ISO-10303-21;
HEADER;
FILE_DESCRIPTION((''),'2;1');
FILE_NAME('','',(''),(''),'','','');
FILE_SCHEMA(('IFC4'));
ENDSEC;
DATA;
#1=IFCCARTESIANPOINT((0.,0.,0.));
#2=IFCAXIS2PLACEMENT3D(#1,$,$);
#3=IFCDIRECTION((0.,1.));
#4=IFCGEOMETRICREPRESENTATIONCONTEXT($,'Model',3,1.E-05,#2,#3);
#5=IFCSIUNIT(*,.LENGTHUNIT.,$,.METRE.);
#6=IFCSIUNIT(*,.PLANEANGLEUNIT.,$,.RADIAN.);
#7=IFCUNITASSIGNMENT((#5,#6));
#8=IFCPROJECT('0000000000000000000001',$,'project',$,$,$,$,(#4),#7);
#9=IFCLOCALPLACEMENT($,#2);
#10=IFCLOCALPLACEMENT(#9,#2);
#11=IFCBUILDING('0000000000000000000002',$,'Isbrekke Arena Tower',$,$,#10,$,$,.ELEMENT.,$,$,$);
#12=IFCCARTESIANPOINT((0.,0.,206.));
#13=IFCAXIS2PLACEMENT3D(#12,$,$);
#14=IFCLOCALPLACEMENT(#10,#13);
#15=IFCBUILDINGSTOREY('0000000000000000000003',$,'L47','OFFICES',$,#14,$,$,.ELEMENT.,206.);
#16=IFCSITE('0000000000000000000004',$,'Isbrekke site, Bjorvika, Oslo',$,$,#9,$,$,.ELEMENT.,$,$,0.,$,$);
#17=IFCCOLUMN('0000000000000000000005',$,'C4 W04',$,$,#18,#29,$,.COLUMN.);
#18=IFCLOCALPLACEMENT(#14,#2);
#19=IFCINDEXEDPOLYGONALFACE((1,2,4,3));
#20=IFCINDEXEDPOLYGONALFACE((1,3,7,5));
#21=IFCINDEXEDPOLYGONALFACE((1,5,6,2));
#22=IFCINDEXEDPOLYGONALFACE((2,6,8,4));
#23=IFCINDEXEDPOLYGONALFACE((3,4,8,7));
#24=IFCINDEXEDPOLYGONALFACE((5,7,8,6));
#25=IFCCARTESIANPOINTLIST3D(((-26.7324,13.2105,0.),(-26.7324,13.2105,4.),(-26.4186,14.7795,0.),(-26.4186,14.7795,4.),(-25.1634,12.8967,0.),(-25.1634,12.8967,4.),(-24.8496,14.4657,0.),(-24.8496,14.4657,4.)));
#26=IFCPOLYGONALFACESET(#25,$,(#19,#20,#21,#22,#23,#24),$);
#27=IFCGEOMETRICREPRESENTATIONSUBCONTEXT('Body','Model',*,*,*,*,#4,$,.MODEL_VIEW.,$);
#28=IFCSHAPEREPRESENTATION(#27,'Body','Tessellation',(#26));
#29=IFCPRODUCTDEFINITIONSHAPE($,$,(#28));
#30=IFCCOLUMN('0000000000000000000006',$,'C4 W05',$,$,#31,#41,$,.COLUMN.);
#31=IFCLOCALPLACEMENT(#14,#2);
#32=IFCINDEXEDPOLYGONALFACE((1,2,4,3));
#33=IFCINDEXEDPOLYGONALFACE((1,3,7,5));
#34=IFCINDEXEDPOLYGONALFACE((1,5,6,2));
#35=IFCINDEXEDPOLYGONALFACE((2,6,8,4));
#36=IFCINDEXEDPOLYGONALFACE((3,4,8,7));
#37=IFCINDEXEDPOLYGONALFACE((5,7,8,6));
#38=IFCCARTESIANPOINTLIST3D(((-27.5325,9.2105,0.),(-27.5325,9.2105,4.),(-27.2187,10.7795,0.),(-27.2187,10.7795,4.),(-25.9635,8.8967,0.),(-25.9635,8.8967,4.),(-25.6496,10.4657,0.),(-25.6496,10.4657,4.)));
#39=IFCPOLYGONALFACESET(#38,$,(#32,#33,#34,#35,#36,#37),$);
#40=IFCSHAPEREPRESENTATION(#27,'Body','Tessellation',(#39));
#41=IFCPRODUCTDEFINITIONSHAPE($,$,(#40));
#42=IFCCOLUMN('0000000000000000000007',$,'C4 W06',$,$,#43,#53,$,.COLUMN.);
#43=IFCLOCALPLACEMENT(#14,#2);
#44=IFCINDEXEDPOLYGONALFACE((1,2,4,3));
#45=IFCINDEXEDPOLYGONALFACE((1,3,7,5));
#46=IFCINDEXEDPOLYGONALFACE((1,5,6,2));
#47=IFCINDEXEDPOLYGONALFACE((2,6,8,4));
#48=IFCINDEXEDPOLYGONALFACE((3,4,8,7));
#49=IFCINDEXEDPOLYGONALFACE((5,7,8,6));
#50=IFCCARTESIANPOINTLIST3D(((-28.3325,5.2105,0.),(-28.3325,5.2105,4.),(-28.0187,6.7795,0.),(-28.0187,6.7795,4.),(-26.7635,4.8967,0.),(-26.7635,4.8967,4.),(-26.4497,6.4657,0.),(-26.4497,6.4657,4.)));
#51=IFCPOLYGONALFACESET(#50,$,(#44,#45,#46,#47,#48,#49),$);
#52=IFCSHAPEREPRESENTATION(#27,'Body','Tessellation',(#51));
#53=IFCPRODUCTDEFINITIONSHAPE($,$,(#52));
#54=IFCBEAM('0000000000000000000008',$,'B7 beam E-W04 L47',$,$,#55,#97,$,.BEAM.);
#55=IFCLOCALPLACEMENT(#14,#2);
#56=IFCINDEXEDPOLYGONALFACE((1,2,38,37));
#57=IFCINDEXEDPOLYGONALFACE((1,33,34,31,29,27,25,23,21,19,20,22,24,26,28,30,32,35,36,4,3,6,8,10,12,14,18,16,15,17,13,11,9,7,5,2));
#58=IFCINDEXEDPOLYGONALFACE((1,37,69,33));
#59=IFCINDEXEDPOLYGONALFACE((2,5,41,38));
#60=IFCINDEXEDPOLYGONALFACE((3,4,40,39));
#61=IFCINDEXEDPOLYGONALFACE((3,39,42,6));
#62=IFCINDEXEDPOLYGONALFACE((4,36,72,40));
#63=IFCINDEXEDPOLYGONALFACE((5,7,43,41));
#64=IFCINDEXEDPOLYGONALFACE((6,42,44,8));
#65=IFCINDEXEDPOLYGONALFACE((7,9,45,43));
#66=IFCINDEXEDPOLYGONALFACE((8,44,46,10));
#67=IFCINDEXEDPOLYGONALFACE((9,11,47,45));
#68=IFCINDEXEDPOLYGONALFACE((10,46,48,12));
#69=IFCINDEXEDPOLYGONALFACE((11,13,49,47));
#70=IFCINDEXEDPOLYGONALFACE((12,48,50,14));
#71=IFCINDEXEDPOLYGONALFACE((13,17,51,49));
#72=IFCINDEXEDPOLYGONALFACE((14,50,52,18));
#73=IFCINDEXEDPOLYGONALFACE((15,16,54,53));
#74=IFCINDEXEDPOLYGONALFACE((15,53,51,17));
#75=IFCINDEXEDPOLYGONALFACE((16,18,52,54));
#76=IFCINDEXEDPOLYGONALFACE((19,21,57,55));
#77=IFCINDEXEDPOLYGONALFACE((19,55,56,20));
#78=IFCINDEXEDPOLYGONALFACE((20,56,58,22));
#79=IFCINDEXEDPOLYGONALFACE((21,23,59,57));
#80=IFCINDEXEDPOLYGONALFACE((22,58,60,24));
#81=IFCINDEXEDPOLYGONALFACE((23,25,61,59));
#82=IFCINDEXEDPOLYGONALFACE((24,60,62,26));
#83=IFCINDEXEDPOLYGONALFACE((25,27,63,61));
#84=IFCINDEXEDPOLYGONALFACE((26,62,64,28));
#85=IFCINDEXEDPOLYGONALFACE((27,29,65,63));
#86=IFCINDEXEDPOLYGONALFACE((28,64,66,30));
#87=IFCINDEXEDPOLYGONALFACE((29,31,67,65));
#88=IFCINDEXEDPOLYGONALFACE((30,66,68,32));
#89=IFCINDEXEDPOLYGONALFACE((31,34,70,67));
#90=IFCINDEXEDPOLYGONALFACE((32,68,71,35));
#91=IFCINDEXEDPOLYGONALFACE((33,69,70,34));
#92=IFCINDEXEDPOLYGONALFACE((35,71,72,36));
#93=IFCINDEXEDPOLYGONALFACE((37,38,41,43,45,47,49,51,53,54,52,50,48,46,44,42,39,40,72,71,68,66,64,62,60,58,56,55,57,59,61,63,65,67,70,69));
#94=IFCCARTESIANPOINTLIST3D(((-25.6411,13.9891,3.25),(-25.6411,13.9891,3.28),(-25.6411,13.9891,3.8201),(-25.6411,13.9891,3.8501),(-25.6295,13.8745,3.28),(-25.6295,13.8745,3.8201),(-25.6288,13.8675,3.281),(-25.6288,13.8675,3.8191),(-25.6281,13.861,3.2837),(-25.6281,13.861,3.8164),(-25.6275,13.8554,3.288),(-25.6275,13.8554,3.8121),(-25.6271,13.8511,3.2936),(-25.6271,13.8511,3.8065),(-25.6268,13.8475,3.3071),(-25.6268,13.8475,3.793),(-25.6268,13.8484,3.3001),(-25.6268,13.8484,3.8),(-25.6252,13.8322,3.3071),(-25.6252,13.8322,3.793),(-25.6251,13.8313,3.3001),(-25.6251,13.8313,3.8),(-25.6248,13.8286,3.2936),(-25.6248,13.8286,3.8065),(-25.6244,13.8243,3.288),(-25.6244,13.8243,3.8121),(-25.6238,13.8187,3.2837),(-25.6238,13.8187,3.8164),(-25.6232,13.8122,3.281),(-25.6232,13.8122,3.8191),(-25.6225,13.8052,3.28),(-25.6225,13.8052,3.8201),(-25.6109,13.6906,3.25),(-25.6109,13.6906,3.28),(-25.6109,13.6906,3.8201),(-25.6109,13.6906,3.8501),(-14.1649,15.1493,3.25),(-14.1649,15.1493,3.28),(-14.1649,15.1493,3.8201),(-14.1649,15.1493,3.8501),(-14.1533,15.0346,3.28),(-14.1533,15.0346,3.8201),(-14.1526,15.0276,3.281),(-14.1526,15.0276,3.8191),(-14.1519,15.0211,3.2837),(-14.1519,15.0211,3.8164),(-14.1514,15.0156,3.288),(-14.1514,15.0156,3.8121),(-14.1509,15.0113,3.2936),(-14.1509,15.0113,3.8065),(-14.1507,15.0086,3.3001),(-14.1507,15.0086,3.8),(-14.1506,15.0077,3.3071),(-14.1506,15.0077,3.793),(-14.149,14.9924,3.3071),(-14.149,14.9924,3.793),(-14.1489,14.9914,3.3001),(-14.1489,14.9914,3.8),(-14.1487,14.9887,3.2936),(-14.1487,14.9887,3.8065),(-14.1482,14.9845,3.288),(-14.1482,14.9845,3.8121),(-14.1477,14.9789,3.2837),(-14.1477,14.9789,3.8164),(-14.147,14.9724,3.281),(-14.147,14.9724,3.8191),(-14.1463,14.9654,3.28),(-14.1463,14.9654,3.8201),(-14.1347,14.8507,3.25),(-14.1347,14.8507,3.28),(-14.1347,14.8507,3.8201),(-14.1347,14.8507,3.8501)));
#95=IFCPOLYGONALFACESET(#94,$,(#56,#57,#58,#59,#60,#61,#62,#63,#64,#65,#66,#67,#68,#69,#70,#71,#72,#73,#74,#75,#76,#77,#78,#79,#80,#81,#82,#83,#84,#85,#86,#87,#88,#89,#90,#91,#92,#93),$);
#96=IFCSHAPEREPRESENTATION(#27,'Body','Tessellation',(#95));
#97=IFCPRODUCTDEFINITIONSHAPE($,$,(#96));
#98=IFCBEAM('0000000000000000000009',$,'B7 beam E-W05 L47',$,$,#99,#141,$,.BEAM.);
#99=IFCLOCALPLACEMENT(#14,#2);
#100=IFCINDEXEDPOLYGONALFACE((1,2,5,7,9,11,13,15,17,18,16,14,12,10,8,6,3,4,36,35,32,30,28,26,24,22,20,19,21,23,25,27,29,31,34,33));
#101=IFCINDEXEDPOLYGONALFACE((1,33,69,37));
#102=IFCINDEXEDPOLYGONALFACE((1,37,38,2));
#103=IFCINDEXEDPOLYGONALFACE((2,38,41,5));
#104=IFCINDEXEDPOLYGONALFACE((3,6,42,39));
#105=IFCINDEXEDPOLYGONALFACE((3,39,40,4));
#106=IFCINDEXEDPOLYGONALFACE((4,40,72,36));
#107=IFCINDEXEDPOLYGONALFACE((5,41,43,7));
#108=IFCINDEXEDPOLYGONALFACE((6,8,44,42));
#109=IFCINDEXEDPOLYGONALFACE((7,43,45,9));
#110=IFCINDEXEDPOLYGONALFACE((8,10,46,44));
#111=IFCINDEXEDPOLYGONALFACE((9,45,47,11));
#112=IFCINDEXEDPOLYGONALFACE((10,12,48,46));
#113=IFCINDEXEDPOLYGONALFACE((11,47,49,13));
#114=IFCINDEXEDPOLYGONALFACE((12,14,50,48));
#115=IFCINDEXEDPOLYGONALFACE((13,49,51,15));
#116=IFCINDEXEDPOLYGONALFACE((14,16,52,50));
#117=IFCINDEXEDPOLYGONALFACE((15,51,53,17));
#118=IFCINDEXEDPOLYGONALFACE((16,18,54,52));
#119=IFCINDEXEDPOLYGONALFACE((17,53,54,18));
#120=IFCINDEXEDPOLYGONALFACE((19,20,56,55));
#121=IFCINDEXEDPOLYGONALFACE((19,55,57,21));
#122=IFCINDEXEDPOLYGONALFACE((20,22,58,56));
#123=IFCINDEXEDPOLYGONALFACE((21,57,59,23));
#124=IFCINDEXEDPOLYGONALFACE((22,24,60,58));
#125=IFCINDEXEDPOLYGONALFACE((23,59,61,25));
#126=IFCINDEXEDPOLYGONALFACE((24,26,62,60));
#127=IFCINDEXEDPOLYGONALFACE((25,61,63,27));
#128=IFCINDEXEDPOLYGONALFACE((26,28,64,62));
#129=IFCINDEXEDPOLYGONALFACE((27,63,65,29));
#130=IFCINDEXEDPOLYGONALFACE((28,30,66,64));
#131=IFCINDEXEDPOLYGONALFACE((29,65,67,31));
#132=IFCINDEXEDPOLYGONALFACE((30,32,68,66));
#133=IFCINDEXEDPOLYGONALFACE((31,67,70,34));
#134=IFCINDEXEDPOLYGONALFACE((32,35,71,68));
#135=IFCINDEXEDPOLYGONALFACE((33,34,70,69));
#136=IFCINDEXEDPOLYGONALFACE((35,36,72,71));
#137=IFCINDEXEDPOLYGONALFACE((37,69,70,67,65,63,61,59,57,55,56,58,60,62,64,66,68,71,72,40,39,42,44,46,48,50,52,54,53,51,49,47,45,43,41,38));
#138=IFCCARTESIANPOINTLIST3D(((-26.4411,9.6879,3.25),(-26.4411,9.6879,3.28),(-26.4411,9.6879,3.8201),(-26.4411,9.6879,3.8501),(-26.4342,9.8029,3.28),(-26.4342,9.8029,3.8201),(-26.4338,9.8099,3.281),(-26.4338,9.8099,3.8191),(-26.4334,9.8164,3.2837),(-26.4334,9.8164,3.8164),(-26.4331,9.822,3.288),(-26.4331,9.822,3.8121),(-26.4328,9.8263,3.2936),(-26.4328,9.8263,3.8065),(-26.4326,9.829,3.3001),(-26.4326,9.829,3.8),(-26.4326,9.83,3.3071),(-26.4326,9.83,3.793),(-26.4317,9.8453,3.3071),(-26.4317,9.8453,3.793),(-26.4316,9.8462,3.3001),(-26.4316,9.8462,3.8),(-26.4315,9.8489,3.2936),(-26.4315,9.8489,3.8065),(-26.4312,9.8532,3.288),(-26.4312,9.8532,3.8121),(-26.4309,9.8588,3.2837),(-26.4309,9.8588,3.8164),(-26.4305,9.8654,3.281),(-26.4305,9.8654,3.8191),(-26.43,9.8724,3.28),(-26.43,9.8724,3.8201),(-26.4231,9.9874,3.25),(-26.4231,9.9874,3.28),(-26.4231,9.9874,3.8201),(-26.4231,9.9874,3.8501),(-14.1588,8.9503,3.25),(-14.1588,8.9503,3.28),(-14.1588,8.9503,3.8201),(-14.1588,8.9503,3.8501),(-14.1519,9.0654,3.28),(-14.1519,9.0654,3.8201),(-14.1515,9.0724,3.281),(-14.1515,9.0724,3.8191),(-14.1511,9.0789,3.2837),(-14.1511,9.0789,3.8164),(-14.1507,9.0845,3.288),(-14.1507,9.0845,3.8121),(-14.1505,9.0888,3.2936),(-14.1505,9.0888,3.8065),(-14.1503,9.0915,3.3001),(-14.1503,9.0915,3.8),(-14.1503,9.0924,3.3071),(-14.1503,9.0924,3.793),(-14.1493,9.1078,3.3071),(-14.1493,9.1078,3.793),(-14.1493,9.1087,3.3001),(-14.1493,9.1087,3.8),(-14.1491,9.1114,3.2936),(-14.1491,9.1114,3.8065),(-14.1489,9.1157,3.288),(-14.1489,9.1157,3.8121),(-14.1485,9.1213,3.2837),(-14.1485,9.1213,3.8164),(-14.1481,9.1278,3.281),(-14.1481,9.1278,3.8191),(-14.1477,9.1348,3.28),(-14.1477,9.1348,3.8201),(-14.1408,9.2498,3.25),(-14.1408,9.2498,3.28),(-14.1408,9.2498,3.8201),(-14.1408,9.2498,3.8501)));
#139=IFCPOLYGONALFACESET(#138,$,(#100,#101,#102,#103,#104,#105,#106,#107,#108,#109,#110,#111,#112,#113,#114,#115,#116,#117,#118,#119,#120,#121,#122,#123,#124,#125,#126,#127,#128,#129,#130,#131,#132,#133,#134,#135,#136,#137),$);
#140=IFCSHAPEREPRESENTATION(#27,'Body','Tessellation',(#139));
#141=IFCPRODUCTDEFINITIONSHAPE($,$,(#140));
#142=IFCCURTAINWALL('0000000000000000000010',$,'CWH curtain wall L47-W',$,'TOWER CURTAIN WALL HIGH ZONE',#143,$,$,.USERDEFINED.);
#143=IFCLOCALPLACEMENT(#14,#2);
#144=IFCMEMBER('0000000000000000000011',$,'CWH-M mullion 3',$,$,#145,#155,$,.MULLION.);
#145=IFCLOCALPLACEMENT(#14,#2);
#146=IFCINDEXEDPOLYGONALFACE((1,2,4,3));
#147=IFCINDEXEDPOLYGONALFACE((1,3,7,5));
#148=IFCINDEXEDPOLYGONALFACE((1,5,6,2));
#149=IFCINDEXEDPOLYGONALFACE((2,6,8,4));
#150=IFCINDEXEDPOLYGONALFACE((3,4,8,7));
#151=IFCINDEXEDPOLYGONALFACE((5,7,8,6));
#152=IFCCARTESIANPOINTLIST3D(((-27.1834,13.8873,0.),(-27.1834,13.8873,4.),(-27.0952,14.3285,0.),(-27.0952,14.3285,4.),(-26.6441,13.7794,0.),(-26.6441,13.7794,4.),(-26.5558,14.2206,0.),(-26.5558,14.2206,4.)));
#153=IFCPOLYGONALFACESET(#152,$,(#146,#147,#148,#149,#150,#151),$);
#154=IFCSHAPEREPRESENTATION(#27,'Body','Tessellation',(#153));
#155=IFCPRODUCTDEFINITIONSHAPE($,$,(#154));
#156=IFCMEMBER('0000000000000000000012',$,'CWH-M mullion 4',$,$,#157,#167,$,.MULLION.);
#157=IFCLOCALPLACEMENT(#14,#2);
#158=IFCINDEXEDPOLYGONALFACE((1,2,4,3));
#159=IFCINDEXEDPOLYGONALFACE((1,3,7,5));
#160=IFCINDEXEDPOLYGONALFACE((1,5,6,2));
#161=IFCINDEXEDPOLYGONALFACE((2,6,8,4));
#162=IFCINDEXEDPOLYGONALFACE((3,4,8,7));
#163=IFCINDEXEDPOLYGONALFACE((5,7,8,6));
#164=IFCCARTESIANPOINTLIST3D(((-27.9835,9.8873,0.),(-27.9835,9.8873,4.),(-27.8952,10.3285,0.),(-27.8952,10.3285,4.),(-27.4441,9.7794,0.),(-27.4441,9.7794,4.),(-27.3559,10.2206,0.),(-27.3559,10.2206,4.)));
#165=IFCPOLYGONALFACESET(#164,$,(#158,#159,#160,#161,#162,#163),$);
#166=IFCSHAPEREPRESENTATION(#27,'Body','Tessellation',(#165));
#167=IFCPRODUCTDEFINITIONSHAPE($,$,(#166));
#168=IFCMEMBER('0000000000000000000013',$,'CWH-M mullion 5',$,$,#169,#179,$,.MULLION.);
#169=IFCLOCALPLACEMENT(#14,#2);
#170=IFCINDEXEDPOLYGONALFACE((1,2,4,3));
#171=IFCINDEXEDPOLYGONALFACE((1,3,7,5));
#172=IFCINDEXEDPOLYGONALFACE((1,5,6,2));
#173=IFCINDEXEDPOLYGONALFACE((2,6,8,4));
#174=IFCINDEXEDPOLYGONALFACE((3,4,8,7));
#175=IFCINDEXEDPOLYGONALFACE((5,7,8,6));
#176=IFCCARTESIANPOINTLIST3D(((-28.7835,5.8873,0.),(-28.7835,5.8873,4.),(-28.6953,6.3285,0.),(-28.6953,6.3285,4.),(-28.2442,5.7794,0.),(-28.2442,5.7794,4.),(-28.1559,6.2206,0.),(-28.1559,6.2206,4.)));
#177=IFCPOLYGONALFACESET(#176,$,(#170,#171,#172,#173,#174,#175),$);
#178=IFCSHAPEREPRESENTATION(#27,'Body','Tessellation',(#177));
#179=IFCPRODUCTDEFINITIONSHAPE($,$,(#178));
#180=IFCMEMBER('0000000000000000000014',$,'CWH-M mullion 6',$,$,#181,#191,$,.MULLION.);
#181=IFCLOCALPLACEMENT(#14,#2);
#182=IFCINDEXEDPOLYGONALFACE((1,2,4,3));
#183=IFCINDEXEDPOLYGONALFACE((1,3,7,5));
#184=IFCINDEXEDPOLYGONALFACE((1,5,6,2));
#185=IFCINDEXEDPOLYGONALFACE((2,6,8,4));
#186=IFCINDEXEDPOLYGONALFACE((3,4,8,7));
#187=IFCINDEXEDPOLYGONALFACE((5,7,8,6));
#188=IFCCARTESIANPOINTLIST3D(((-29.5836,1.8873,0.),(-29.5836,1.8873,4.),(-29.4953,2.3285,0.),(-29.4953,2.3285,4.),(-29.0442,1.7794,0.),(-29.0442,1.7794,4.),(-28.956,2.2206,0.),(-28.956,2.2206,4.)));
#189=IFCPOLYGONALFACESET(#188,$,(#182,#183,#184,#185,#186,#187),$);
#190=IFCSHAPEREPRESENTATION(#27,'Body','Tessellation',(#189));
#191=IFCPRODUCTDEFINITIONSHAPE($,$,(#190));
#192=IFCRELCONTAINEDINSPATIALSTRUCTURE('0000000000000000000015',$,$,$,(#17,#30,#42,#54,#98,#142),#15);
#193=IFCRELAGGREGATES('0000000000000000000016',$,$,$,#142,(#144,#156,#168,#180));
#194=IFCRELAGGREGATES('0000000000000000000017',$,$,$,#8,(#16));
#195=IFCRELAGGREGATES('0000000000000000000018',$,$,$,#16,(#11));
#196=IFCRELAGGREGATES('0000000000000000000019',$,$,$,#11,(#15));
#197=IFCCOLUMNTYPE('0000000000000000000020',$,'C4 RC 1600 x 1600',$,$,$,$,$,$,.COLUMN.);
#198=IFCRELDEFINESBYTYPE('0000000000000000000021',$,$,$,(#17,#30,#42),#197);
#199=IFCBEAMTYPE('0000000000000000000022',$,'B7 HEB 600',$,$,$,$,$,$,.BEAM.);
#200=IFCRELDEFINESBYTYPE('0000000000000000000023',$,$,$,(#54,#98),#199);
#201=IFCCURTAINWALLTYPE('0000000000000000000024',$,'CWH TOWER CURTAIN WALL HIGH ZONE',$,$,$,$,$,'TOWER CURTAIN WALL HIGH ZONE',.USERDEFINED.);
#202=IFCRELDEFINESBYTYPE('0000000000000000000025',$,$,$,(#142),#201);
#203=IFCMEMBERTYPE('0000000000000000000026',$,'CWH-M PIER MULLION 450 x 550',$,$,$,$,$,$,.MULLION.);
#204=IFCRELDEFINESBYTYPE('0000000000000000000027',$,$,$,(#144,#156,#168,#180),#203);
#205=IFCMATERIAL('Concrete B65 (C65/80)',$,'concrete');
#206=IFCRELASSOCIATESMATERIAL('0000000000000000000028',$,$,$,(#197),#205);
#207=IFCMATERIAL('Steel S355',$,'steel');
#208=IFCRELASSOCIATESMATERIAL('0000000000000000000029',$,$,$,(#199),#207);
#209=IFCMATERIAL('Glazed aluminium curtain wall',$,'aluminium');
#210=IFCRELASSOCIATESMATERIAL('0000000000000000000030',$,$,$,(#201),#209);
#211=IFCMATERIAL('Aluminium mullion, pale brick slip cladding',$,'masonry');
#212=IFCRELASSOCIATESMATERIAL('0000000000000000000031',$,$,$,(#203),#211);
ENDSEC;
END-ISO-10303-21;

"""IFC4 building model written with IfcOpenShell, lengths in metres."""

from ifc_helpers import new_model, si_unit, direction, frame, origin, origin_2d, place, context, subcontext, project, spatial, rectangle, i_section, extrude, material, material_profile, profile_set, type_object, element, aggregate, save


model = new_model("IFC4")

# Units and contexts
model_context = context("Model", 3, precision=1e-05, world=origin(), true_north=direction((0.0, 1.0)))
body_context = subcontext(model_context, "Body", "Model", "MODEL_VIEW")
ifc_project = project(units=[si_unit("LENGTHUNIT", "METRE"), si_unit("PLANEANGLEUNIT", "RADIAN")], contexts=[model_context])

# Site, building, storey
site_placement = place(None, origin())
site = spatial("IfcSite", under=ifc_project, at=site_placement, Name="Isbrekke site, Bjorvika, Oslo", CompositionType="ELEMENT", RefElevation=0.0)
building_placement = place(site_placement, origin())
building = spatial("IfcBuilding", under=site, at=building_placement, Name="Isbrekke Arena Tower", CompositionType="ELEMENT")
storey_placement = place(building_placement, frame((0.0, 0.0, 206.0)))
storey = spatial("IfcBuildingStorey", under=building, at=storey_placement, Name="L47", Description="OFFICES", CompositionType="ELEMENT", Elevation=206.0)

# Columns
ifc_material_1 = material(Name="Concrete B65 (C65/80)", Category="concrete")
ifc_material_profile_1 = material_profile(ifc_material_1, rectangle(XDim=1.6001, YDim=1.6001, at=origin_2d()), Name="RC 1600x1600")
ifc_profile_set_1 = profile_set([ifc_material_profile_1], Name="Concrete B65 (C65/80)")
column_type = type_object("IfcColumnType", Name="C4 RC 1600 x 1600", PredefinedType="COLUMN", material=ifc_profile_set_1)
for number, where, z_axis, x_axis, name in (
    (1, (-25.791, 13.8381, 0.0), (0.0, 0.0, 1.0), (-0.196116, -0.980581, 0.0), "C4 W04"),
    (2, (-26.5911, 9.8381, 0.0), (0.0, 0.0, 1.0), (-0.196116, -0.980581, 0.0), "C4 W05"),
    (3, (-27.3911, 5.8381, 0.0), (0.0, 0.0, 1.0), (-0.196116, -0.980581, 0.0), "C4 W06"),
):
    element("IfcColumn", number, at=place(storey_placement, frame(where, z_axis=z_axis, x_axis=x_axis)), inside=storey, type_object=column_type, Name=name, PredefinedType="COLUMN", context=body_context, shape_type="SweptSolid", body=[
        extrude(rectangle(XDim=1.6001, YDim=1.6001, at=origin_2d()), origin(), (0.0, 0.0, 1.0), 4.0),
    ])

# Beams
ifc_material_2 = material(Name="Steel S355", Category="steel")
ifc_material_profile_2 = material_profile(ifc_material_2, i_section(OverallWidth=0.3, OverallDepth=0.6001, WebThickness=0.0154, FlangeThickness=0.03, FilletRadius=0.0271, at=origin_2d()), Name="HEB 600")
ifc_profile_set_2 = profile_set([ifc_material_profile_2], Name="Steel S355")
beam_type_1 = type_object("IfcBeamType", Name="B7 HEB 600", PredefinedType="BEAM", material=ifc_profile_set_2)
beam_1_placement = place(storey_placement, frame((-25.626, 13.8398, 3.55), z_axis=(0.994929, 0.100581, 0.0), x_axis=(-0.100581, 0.994929, 0.0)))
element("IfcBeam", 4, at=beam_1_placement, inside=storey, type_object=beam_type_1, Name="B7 beam E-W04 L47", PredefinedType="BEAM", context=body_context, shape_type="SweptSolid", body=[
    extrude(i_section(OverallWidth=0.3, OverallDepth=0.6001, WebThickness=0.0154, FlangeThickness=0.03, FilletRadius=0.0271, at=origin_2d()), origin(), (0.0, 0.0, 1.0), 11.5347),
])
beam_2_placement = place(storey_placement, frame((-26.4321, 9.8376, 3.55), z_axis=(0.998202, -0.059942, 0.0), x_axis=(0.059942, 0.998202, 0.0)))
element("IfcBeam", 5, at=beam_2_placement, inside=storey, type_object=beam_type_1, Name="B7 beam E-W05 L47", PredefinedType="BEAM", context=body_context, shape_type="SweptSolid", body=[
    extrude(i_section(OverallWidth=0.3, OverallDepth=0.6001, WebThickness=0.0154, FlangeThickness=0.03, FilletRadius=0.0271, at=origin_2d()), origin(), (0.0, 0.0, 1.0), 12.3044),
])

# Curtain wall, members
ifc_material_3 = material(Name="Glazed aluminium curtain wall", Category="aluminium")
curtain_wall_type = type_object("IfcCurtainWallType", Name="CWH TOWER CURTAIN WALL HIGH ZONE", ElementType="TOWER CURTAIN WALL HIGH ZONE", PredefinedType="USERDEFINED", material=ifc_material_3)
curtain_wall_placement = place(storey_placement, origin())
curtain_wall = element("IfcCurtainWall", 6, at=curtain_wall_placement, inside=storey, type_object=curtain_wall_type, Name="CWH curtain wall L47-W", ObjectType="TOWER CURTAIN WALL HIGH ZONE", PredefinedType="USERDEFINED")
ifc_material_4 = material(Name="Aluminium mullion, pale brick slip cladding", Category="masonry")
ifc_material_profile_3 = material_profile(ifc_material_4, rectangle(XDim=0.45, YDim=0.55, at=origin_2d()), Name="PIER 450X550")
ifc_profile_set_3 = profile_set([ifc_material_profile_3], Name="Aluminium mullion, pale brick slip cladding")
member_type_1 = type_object("IfcMemberType", Name="CWH-M PIER MULLION 450 x 550", PredefinedType="MULLION", material=ifc_profile_set_3)
member_1_placement = place(storey_placement, frame((-26.8696, 14.054, 0.0), z_axis=(0.0, 0.0, 1.0), x_axis=(-0.196116, -0.980581, 0.0)))
member_1 = element("IfcMember", 7, at=member_1_placement, type_object=member_type_1, Name="CWH-M mullion 3", PredefinedType="MULLION", context=body_context, shape_type="SweptSolid", body=[
    extrude(rectangle(XDim=0.45, YDim=0.55, at=origin_2d()), origin(), (0.0, 0.0, 1.0), 4.0),
])
member_2_placement = place(storey_placement, frame((-27.6697, 10.054, 0.0), z_axis=(0.0, 0.0, 1.0), x_axis=(-0.196116, -0.980581, 0.0)))
member_2 = element("IfcMember", 8, at=member_2_placement, type_object=member_type_1, Name="CWH-M mullion 4", PredefinedType="MULLION", context=body_context, shape_type="SweptSolid", body=[
    extrude(rectangle(XDim=0.45, YDim=0.55, at=origin_2d()), origin(), (0.0, 0.0, 1.0), 4.0),
])
member_3_placement = place(storey_placement, frame((-28.4697, 6.054, 0.0), z_axis=(0.0, 0.0, 1.0), x_axis=(-0.196116, -0.980581, 0.0)))
member_3 = element("IfcMember", 9, at=member_3_placement, type_object=member_type_1, Name="CWH-M mullion 5", PredefinedType="MULLION", context=body_context, shape_type="SweptSolid", body=[
    extrude(rectangle(XDim=0.45, YDim=0.55, at=origin_2d()), origin(), (0.0, 0.0, 1.0), 4.0),
])
member_4_placement = place(storey_placement, frame((-29.2698, 2.054, 0.0), z_axis=(0.0, 0.0, 1.0), x_axis=(-0.196116, -0.980581, 0.0)))
member_4 = element("IfcMember", 10, at=member_4_placement, type_object=member_type_1, Name="CWH-M mullion 6", PredefinedType="MULLION", context=body_context, shape_type="SweptSolid", body=[
    extrude(rectangle(XDim=0.45, YDim=0.55, at=origin_2d()), origin(), (0.0, 0.0, 1.0), 4.0),
])

aggregate(curtain_wall, [member_1, member_2, member_3, member_4])

save(model, "model.ifc")
